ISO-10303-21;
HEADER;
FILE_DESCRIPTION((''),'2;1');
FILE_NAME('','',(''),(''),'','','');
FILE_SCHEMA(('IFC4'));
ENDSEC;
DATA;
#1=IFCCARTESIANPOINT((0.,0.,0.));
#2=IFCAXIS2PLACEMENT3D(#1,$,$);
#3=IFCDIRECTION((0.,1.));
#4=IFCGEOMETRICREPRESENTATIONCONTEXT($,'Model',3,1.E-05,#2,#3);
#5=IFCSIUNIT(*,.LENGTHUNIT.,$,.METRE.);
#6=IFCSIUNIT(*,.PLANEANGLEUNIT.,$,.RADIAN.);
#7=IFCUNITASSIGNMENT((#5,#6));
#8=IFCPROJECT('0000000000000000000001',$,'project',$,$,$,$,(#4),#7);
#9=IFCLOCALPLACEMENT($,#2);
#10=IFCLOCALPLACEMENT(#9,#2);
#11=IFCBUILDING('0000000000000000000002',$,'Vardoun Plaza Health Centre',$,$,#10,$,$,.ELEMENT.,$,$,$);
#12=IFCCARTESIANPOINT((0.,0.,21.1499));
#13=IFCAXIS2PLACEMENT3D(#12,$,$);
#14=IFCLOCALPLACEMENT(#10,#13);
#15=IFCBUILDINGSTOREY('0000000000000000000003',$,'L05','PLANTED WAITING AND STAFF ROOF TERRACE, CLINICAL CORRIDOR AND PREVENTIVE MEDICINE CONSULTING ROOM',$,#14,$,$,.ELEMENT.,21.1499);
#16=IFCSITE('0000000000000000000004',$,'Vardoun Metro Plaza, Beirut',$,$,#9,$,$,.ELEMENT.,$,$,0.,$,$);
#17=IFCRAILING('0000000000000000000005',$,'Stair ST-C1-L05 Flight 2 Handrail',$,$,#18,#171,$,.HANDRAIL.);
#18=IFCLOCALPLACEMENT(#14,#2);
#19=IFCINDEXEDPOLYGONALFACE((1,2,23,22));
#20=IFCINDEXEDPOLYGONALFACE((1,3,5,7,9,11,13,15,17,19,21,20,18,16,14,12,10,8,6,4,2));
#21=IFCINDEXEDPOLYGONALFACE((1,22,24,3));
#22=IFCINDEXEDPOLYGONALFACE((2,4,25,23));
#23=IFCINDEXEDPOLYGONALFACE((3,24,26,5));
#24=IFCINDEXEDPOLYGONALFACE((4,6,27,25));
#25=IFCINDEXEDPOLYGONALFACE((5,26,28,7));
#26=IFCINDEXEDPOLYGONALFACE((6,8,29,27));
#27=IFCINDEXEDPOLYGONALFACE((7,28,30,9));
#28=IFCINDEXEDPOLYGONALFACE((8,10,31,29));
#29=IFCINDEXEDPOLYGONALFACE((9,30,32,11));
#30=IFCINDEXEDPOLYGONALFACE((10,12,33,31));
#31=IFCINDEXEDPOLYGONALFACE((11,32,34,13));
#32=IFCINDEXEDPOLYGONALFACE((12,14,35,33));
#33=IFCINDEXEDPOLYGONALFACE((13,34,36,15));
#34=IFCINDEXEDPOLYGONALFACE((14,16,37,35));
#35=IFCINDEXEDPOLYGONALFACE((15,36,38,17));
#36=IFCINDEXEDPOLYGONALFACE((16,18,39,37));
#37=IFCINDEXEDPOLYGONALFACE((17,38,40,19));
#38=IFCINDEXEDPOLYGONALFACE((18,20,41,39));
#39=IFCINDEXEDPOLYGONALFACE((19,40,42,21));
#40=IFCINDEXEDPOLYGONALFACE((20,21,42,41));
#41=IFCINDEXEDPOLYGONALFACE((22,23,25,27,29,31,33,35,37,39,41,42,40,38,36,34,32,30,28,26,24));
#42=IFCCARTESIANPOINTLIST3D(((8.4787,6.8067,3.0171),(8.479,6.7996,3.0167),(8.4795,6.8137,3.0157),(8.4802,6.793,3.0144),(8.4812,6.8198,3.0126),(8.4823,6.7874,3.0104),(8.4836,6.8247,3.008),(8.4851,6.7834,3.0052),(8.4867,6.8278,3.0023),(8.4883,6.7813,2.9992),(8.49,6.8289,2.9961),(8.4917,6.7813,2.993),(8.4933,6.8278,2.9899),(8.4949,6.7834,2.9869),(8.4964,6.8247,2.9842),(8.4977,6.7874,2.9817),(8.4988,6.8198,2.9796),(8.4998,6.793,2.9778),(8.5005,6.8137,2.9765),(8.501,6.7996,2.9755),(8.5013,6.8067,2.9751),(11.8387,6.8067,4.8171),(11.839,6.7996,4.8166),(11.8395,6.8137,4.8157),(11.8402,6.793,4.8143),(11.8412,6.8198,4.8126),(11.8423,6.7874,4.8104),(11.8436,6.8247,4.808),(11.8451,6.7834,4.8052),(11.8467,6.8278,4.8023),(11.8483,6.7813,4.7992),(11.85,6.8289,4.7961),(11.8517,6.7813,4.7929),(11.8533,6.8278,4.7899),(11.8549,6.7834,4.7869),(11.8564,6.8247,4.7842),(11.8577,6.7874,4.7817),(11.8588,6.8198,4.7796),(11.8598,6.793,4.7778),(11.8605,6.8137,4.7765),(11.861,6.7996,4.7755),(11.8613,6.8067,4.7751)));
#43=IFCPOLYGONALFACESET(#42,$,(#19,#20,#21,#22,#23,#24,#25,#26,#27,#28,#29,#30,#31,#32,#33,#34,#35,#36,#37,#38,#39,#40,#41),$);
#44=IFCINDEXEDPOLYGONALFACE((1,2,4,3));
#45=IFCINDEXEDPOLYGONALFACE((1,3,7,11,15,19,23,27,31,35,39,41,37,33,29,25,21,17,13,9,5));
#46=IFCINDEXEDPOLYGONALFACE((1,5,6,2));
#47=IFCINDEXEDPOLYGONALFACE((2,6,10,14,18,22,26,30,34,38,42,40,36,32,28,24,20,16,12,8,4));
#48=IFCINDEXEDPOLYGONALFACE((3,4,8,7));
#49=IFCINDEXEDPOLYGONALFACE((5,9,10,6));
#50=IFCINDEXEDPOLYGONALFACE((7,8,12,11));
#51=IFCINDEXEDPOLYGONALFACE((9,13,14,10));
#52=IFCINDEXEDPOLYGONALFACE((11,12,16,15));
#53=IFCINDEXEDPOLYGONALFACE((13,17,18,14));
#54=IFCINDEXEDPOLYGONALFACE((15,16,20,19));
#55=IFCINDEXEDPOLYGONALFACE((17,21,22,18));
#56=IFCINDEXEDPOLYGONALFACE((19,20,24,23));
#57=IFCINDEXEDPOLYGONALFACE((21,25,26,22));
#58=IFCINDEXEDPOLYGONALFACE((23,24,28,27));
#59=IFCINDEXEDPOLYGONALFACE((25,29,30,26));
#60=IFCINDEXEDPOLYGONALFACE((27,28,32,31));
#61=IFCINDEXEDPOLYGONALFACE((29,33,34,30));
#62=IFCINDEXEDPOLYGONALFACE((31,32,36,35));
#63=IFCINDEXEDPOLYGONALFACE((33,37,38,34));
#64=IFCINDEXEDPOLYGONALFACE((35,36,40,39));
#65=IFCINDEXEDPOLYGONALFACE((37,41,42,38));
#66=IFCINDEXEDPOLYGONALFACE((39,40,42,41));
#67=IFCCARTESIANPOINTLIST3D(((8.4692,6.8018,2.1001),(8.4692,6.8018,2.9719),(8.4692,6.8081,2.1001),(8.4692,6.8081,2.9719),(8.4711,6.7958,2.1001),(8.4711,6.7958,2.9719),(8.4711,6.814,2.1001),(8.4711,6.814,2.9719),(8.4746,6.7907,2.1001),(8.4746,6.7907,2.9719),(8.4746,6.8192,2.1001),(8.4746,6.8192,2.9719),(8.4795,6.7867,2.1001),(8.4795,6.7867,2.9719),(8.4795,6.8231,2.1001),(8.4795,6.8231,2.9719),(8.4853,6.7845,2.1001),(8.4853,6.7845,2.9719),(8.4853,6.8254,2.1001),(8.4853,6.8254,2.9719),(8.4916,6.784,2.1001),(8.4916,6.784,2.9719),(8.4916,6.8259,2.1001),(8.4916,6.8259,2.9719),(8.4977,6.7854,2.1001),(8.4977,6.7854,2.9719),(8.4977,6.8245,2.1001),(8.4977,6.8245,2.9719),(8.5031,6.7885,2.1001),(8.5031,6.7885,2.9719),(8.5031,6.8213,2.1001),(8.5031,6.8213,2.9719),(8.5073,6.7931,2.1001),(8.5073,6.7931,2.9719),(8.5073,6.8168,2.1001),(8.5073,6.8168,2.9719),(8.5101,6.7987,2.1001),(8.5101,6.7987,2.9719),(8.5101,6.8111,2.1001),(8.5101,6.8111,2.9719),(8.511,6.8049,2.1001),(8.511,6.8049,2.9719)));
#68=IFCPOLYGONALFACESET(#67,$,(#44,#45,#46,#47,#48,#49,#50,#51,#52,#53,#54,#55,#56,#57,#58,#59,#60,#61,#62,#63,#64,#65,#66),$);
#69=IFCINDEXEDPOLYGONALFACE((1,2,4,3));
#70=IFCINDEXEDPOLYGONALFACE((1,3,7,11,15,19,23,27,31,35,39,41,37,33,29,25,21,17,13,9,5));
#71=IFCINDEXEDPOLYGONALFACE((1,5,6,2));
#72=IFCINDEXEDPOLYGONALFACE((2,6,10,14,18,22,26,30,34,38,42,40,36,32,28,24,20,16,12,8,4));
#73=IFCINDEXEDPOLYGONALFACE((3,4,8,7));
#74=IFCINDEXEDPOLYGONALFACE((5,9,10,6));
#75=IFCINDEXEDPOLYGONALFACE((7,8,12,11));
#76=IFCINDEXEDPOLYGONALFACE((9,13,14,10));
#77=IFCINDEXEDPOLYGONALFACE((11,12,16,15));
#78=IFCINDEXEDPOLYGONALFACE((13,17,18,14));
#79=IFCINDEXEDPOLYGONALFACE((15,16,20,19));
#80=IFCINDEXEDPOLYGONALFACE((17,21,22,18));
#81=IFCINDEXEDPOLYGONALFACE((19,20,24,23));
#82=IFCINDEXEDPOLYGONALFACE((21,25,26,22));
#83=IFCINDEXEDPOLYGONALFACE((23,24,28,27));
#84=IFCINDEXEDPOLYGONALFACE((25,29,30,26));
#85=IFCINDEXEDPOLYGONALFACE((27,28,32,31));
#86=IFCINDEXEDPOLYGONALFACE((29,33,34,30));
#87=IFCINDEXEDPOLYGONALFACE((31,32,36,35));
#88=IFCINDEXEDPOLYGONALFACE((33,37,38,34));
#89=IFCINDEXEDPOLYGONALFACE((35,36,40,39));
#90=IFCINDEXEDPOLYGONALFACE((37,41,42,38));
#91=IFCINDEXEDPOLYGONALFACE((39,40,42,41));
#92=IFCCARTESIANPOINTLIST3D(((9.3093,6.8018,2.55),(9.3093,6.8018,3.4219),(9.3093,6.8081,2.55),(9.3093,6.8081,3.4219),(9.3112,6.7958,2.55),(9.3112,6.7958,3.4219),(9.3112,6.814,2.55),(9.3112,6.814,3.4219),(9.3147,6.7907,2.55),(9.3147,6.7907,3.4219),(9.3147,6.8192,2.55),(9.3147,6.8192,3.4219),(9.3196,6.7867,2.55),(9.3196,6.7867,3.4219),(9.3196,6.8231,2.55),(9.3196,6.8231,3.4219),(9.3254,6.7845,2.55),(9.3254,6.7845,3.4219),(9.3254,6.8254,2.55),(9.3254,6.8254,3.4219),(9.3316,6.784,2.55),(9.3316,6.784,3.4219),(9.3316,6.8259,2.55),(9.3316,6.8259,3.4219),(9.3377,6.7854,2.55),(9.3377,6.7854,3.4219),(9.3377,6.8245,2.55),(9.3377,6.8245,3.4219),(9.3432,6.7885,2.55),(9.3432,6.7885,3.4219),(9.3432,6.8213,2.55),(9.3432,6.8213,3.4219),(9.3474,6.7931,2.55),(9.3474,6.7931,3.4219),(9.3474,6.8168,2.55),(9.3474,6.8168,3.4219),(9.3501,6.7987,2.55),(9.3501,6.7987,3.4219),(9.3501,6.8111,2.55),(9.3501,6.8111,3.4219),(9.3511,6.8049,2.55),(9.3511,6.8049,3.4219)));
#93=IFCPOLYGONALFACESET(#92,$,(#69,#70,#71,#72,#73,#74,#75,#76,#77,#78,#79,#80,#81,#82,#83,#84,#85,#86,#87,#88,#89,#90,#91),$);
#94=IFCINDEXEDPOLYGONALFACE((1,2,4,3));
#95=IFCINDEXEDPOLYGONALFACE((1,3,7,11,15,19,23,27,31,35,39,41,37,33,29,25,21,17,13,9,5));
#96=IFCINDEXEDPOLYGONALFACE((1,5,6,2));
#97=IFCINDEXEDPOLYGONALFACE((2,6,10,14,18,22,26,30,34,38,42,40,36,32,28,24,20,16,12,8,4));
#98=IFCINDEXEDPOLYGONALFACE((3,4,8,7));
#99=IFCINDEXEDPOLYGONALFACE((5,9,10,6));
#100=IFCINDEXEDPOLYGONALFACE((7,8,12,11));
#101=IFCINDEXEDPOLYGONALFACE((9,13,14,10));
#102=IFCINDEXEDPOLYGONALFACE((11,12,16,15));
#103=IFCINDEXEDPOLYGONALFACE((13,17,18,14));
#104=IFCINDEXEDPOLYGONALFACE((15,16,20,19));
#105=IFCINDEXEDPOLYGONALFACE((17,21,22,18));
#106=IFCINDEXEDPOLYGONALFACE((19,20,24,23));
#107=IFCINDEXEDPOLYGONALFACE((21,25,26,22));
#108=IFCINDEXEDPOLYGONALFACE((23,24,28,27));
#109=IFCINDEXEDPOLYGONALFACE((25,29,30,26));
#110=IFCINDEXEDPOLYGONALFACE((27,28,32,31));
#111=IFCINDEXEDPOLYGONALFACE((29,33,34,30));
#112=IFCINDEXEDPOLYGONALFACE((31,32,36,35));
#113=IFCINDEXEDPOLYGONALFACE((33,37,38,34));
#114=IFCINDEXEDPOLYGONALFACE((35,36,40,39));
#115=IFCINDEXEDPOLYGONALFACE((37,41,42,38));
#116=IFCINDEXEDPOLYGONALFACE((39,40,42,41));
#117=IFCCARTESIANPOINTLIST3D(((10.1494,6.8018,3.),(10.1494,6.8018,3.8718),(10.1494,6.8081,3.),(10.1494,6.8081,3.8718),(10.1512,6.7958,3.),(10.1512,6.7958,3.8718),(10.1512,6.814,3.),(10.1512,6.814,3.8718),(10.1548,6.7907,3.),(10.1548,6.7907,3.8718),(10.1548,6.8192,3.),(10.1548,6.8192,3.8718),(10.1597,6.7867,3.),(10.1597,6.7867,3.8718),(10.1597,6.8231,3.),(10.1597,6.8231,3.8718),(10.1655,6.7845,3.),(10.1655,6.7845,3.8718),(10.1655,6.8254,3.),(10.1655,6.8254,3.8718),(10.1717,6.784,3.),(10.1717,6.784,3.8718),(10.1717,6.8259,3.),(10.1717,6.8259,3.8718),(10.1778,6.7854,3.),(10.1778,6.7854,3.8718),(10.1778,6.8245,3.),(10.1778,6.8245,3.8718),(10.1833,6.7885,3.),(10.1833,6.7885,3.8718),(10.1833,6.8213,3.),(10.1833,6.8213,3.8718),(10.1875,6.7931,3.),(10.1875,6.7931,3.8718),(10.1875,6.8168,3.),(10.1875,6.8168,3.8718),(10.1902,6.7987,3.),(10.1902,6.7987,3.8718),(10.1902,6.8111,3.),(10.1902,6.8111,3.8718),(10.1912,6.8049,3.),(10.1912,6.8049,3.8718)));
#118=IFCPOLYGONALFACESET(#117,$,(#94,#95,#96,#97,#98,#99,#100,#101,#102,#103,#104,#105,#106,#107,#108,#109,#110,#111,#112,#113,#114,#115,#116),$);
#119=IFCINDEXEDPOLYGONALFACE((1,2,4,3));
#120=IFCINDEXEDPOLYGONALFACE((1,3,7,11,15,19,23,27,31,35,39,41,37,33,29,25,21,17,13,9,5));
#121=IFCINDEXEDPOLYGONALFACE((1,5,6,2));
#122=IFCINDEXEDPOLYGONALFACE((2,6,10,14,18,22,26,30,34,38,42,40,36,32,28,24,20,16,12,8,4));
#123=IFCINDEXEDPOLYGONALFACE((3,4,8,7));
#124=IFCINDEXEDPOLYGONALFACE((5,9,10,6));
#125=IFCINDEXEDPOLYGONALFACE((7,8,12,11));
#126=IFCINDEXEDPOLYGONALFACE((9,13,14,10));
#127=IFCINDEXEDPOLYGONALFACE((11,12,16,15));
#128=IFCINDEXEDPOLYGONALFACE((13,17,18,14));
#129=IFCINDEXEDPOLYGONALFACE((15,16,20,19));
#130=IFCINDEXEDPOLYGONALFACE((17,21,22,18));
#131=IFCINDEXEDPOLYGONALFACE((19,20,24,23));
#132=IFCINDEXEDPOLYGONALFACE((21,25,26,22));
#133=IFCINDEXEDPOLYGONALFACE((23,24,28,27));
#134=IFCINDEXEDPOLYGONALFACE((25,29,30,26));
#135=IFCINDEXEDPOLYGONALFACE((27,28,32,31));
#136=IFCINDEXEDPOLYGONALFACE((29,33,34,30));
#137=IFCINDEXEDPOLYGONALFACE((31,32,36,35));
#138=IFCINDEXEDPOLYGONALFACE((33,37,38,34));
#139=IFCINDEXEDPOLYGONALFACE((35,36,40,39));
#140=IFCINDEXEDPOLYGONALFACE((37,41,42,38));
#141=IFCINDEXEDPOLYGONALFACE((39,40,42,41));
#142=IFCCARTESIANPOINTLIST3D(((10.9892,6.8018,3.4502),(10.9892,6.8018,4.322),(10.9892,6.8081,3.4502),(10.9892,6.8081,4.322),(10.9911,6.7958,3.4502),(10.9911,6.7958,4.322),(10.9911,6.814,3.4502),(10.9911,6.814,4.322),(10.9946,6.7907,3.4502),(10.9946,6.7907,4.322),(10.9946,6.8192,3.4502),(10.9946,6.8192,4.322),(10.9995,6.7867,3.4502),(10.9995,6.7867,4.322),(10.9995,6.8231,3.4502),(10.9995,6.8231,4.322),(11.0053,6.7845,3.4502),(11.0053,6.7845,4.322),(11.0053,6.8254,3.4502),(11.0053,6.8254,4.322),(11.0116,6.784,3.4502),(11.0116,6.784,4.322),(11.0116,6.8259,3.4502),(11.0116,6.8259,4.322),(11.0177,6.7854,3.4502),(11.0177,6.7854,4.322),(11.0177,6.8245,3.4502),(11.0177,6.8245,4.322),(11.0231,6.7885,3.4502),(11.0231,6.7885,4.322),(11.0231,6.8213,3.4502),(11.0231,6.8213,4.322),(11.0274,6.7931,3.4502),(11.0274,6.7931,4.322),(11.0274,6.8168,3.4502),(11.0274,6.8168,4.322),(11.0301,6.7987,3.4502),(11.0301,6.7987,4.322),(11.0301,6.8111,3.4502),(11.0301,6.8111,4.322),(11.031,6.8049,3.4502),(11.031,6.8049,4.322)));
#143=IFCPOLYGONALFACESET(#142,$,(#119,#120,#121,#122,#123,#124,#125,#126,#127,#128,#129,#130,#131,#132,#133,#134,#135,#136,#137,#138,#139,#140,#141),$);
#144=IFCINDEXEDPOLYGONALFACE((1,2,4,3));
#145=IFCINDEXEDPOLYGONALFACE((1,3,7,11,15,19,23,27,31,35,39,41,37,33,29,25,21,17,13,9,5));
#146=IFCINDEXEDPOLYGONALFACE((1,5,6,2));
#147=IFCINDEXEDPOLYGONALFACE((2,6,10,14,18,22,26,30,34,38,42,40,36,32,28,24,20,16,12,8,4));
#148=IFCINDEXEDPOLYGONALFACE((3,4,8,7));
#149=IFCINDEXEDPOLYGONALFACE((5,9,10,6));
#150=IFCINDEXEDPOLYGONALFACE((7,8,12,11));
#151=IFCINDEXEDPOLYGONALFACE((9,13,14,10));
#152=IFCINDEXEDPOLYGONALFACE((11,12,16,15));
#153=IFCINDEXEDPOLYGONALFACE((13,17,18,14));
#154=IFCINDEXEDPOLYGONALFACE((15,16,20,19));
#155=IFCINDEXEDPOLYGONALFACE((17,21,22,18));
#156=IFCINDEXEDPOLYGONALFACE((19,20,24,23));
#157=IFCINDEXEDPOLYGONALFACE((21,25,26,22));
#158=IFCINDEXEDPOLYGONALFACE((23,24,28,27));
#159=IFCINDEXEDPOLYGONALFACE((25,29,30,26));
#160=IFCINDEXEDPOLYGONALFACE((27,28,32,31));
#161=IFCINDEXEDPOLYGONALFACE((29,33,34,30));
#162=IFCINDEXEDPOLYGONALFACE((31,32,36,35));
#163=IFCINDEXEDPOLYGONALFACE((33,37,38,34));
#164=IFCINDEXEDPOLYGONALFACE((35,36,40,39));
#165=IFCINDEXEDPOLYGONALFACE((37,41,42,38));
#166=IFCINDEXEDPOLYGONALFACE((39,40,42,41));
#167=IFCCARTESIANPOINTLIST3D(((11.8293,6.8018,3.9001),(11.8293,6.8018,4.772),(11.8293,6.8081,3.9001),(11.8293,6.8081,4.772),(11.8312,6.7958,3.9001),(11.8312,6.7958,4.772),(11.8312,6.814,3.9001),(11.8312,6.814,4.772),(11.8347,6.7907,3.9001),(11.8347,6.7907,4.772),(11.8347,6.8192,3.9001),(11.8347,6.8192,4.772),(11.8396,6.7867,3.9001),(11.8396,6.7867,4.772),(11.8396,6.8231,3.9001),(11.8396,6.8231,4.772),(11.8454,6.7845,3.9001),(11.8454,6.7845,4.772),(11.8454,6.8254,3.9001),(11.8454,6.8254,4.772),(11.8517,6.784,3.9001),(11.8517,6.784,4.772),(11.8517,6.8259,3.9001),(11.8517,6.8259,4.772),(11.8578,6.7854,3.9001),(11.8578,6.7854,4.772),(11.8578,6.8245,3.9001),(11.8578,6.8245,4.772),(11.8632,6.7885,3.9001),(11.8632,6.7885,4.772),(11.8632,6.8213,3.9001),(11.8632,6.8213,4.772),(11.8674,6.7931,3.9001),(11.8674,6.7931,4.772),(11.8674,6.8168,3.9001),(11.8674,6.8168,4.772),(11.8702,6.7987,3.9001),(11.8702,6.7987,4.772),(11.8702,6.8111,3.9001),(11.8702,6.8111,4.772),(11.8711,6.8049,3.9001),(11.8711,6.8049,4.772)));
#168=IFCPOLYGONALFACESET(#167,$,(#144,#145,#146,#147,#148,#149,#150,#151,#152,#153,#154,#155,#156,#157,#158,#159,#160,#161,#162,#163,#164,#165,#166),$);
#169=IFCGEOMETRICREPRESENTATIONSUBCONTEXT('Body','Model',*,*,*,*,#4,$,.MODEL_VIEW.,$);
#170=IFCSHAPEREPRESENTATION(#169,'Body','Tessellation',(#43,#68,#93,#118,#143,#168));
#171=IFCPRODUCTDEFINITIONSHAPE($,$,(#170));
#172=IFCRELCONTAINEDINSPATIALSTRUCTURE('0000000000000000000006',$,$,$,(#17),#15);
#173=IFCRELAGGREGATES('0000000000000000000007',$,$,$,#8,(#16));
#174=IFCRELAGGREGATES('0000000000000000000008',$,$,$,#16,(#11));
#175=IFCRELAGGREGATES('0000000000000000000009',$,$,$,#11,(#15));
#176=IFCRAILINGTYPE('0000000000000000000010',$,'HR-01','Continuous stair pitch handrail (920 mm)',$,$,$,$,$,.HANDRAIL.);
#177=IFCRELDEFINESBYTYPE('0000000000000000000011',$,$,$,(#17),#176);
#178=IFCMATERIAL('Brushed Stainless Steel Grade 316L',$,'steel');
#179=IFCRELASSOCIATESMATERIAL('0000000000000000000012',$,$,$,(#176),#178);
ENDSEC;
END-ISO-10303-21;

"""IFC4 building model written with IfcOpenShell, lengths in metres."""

from ifc_helpers import new_model, si_unit, direction, frame, origin, origin_2d, place, context, subcontext, project, spatial, circle, extrude, material, type_object, element, save


model = new_model("IFC4")

# Units and contexts
model_context = context("Model", 3, precision=1e-05, world=origin(), true_north=direction((0.0, 1.0)))
body_context = subcontext(model_context, "Body", "Model", "MODEL_VIEW")
ifc_project = project(units=[si_unit("LENGTHUNIT", "METRE"), si_unit("PLANEANGLEUNIT", "RADIAN")], contexts=[model_context])

# Site, building, storey
site_placement = place(None, origin())
site = spatial("IfcSite", under=ifc_project, at=site_placement, Name="Vardoun Metro Plaza, Beirut", CompositionType="ELEMENT", RefElevation=0.0)
building_placement = place(site_placement, origin())
building = spatial("IfcBuilding", under=site, at=building_placement, Name="Vardoun Plaza Health Centre", CompositionType="ELEMENT")
storey_placement = place(building_placement, frame((0.0, 0.0, 21.1499)))
storey = spatial("IfcBuildingStorey", under=building, at=storey_placement, Name="L05", Description="PLANTED WAITING AND STAFF ROOF TERRACE, CLINICAL CORRIDOR AND PREVENTIVE MEDICINE CONSULTING ROOM", CompositionType="ELEMENT", Elevation=21.1499)

# Railing
ifc_material_1 = material(Name="Brushed Stainless Steel Grade 316L", Category="steel")
railing_type_1 = type_object("IfcRailingType", Name="HR-01", Description="Continuous stair pitch handrail (920 mm)", PredefinedType="HANDRAIL", material=ifc_material_1)
railing_1_placement = place(storey_placement, frame((8.49, 6.8049, 2.1001)))
element("IfcRailing", 1, at=railing_1_placement, inside=storey, type_object=railing_type_1, Name="Stair ST-C1-L05 Flight 2 Handrail", PredefinedType="HANDRAIL", context=body_context, shape_type="SweptSolid", body=[
    extrude(circle(Radius=0.0239, at=origin_2d()), frame((0.0, 0.0, 0.896), z_axis=(0.881481, 0.0, 0.47222), x_axis=(0.0, 1.0, 0.0)), (0.0, 0.0, 1.0), 3.8118),
    extrude(circle(Radius=0.021, at=origin_2d()), origin(), (0.0, 0.0, 1.0), 0.8718),
    extrude(circle(Radius=0.021, at=origin_2d()), frame((0.8401, 0.0, 0.45)), (0.0, 0.0, 1.0), 0.8718),
    extrude(circle(Radius=0.021, at=origin_2d()), frame((1.6802, 0.0, 0.8999)), (0.0, 0.0, 1.0), 0.8718),
    extrude(circle(Radius=0.021, at=origin_2d()), frame((2.52, 0.0, 1.3501)), (0.0, 0.0, 1.0), 0.8718),
    extrude(circle(Radius=0.021, at=origin_2d()), frame((3.3601, 0.0, 1.8)), (0.0, 0.0, 1.0), 0.8718),
])

save(model, "model.ifc")
